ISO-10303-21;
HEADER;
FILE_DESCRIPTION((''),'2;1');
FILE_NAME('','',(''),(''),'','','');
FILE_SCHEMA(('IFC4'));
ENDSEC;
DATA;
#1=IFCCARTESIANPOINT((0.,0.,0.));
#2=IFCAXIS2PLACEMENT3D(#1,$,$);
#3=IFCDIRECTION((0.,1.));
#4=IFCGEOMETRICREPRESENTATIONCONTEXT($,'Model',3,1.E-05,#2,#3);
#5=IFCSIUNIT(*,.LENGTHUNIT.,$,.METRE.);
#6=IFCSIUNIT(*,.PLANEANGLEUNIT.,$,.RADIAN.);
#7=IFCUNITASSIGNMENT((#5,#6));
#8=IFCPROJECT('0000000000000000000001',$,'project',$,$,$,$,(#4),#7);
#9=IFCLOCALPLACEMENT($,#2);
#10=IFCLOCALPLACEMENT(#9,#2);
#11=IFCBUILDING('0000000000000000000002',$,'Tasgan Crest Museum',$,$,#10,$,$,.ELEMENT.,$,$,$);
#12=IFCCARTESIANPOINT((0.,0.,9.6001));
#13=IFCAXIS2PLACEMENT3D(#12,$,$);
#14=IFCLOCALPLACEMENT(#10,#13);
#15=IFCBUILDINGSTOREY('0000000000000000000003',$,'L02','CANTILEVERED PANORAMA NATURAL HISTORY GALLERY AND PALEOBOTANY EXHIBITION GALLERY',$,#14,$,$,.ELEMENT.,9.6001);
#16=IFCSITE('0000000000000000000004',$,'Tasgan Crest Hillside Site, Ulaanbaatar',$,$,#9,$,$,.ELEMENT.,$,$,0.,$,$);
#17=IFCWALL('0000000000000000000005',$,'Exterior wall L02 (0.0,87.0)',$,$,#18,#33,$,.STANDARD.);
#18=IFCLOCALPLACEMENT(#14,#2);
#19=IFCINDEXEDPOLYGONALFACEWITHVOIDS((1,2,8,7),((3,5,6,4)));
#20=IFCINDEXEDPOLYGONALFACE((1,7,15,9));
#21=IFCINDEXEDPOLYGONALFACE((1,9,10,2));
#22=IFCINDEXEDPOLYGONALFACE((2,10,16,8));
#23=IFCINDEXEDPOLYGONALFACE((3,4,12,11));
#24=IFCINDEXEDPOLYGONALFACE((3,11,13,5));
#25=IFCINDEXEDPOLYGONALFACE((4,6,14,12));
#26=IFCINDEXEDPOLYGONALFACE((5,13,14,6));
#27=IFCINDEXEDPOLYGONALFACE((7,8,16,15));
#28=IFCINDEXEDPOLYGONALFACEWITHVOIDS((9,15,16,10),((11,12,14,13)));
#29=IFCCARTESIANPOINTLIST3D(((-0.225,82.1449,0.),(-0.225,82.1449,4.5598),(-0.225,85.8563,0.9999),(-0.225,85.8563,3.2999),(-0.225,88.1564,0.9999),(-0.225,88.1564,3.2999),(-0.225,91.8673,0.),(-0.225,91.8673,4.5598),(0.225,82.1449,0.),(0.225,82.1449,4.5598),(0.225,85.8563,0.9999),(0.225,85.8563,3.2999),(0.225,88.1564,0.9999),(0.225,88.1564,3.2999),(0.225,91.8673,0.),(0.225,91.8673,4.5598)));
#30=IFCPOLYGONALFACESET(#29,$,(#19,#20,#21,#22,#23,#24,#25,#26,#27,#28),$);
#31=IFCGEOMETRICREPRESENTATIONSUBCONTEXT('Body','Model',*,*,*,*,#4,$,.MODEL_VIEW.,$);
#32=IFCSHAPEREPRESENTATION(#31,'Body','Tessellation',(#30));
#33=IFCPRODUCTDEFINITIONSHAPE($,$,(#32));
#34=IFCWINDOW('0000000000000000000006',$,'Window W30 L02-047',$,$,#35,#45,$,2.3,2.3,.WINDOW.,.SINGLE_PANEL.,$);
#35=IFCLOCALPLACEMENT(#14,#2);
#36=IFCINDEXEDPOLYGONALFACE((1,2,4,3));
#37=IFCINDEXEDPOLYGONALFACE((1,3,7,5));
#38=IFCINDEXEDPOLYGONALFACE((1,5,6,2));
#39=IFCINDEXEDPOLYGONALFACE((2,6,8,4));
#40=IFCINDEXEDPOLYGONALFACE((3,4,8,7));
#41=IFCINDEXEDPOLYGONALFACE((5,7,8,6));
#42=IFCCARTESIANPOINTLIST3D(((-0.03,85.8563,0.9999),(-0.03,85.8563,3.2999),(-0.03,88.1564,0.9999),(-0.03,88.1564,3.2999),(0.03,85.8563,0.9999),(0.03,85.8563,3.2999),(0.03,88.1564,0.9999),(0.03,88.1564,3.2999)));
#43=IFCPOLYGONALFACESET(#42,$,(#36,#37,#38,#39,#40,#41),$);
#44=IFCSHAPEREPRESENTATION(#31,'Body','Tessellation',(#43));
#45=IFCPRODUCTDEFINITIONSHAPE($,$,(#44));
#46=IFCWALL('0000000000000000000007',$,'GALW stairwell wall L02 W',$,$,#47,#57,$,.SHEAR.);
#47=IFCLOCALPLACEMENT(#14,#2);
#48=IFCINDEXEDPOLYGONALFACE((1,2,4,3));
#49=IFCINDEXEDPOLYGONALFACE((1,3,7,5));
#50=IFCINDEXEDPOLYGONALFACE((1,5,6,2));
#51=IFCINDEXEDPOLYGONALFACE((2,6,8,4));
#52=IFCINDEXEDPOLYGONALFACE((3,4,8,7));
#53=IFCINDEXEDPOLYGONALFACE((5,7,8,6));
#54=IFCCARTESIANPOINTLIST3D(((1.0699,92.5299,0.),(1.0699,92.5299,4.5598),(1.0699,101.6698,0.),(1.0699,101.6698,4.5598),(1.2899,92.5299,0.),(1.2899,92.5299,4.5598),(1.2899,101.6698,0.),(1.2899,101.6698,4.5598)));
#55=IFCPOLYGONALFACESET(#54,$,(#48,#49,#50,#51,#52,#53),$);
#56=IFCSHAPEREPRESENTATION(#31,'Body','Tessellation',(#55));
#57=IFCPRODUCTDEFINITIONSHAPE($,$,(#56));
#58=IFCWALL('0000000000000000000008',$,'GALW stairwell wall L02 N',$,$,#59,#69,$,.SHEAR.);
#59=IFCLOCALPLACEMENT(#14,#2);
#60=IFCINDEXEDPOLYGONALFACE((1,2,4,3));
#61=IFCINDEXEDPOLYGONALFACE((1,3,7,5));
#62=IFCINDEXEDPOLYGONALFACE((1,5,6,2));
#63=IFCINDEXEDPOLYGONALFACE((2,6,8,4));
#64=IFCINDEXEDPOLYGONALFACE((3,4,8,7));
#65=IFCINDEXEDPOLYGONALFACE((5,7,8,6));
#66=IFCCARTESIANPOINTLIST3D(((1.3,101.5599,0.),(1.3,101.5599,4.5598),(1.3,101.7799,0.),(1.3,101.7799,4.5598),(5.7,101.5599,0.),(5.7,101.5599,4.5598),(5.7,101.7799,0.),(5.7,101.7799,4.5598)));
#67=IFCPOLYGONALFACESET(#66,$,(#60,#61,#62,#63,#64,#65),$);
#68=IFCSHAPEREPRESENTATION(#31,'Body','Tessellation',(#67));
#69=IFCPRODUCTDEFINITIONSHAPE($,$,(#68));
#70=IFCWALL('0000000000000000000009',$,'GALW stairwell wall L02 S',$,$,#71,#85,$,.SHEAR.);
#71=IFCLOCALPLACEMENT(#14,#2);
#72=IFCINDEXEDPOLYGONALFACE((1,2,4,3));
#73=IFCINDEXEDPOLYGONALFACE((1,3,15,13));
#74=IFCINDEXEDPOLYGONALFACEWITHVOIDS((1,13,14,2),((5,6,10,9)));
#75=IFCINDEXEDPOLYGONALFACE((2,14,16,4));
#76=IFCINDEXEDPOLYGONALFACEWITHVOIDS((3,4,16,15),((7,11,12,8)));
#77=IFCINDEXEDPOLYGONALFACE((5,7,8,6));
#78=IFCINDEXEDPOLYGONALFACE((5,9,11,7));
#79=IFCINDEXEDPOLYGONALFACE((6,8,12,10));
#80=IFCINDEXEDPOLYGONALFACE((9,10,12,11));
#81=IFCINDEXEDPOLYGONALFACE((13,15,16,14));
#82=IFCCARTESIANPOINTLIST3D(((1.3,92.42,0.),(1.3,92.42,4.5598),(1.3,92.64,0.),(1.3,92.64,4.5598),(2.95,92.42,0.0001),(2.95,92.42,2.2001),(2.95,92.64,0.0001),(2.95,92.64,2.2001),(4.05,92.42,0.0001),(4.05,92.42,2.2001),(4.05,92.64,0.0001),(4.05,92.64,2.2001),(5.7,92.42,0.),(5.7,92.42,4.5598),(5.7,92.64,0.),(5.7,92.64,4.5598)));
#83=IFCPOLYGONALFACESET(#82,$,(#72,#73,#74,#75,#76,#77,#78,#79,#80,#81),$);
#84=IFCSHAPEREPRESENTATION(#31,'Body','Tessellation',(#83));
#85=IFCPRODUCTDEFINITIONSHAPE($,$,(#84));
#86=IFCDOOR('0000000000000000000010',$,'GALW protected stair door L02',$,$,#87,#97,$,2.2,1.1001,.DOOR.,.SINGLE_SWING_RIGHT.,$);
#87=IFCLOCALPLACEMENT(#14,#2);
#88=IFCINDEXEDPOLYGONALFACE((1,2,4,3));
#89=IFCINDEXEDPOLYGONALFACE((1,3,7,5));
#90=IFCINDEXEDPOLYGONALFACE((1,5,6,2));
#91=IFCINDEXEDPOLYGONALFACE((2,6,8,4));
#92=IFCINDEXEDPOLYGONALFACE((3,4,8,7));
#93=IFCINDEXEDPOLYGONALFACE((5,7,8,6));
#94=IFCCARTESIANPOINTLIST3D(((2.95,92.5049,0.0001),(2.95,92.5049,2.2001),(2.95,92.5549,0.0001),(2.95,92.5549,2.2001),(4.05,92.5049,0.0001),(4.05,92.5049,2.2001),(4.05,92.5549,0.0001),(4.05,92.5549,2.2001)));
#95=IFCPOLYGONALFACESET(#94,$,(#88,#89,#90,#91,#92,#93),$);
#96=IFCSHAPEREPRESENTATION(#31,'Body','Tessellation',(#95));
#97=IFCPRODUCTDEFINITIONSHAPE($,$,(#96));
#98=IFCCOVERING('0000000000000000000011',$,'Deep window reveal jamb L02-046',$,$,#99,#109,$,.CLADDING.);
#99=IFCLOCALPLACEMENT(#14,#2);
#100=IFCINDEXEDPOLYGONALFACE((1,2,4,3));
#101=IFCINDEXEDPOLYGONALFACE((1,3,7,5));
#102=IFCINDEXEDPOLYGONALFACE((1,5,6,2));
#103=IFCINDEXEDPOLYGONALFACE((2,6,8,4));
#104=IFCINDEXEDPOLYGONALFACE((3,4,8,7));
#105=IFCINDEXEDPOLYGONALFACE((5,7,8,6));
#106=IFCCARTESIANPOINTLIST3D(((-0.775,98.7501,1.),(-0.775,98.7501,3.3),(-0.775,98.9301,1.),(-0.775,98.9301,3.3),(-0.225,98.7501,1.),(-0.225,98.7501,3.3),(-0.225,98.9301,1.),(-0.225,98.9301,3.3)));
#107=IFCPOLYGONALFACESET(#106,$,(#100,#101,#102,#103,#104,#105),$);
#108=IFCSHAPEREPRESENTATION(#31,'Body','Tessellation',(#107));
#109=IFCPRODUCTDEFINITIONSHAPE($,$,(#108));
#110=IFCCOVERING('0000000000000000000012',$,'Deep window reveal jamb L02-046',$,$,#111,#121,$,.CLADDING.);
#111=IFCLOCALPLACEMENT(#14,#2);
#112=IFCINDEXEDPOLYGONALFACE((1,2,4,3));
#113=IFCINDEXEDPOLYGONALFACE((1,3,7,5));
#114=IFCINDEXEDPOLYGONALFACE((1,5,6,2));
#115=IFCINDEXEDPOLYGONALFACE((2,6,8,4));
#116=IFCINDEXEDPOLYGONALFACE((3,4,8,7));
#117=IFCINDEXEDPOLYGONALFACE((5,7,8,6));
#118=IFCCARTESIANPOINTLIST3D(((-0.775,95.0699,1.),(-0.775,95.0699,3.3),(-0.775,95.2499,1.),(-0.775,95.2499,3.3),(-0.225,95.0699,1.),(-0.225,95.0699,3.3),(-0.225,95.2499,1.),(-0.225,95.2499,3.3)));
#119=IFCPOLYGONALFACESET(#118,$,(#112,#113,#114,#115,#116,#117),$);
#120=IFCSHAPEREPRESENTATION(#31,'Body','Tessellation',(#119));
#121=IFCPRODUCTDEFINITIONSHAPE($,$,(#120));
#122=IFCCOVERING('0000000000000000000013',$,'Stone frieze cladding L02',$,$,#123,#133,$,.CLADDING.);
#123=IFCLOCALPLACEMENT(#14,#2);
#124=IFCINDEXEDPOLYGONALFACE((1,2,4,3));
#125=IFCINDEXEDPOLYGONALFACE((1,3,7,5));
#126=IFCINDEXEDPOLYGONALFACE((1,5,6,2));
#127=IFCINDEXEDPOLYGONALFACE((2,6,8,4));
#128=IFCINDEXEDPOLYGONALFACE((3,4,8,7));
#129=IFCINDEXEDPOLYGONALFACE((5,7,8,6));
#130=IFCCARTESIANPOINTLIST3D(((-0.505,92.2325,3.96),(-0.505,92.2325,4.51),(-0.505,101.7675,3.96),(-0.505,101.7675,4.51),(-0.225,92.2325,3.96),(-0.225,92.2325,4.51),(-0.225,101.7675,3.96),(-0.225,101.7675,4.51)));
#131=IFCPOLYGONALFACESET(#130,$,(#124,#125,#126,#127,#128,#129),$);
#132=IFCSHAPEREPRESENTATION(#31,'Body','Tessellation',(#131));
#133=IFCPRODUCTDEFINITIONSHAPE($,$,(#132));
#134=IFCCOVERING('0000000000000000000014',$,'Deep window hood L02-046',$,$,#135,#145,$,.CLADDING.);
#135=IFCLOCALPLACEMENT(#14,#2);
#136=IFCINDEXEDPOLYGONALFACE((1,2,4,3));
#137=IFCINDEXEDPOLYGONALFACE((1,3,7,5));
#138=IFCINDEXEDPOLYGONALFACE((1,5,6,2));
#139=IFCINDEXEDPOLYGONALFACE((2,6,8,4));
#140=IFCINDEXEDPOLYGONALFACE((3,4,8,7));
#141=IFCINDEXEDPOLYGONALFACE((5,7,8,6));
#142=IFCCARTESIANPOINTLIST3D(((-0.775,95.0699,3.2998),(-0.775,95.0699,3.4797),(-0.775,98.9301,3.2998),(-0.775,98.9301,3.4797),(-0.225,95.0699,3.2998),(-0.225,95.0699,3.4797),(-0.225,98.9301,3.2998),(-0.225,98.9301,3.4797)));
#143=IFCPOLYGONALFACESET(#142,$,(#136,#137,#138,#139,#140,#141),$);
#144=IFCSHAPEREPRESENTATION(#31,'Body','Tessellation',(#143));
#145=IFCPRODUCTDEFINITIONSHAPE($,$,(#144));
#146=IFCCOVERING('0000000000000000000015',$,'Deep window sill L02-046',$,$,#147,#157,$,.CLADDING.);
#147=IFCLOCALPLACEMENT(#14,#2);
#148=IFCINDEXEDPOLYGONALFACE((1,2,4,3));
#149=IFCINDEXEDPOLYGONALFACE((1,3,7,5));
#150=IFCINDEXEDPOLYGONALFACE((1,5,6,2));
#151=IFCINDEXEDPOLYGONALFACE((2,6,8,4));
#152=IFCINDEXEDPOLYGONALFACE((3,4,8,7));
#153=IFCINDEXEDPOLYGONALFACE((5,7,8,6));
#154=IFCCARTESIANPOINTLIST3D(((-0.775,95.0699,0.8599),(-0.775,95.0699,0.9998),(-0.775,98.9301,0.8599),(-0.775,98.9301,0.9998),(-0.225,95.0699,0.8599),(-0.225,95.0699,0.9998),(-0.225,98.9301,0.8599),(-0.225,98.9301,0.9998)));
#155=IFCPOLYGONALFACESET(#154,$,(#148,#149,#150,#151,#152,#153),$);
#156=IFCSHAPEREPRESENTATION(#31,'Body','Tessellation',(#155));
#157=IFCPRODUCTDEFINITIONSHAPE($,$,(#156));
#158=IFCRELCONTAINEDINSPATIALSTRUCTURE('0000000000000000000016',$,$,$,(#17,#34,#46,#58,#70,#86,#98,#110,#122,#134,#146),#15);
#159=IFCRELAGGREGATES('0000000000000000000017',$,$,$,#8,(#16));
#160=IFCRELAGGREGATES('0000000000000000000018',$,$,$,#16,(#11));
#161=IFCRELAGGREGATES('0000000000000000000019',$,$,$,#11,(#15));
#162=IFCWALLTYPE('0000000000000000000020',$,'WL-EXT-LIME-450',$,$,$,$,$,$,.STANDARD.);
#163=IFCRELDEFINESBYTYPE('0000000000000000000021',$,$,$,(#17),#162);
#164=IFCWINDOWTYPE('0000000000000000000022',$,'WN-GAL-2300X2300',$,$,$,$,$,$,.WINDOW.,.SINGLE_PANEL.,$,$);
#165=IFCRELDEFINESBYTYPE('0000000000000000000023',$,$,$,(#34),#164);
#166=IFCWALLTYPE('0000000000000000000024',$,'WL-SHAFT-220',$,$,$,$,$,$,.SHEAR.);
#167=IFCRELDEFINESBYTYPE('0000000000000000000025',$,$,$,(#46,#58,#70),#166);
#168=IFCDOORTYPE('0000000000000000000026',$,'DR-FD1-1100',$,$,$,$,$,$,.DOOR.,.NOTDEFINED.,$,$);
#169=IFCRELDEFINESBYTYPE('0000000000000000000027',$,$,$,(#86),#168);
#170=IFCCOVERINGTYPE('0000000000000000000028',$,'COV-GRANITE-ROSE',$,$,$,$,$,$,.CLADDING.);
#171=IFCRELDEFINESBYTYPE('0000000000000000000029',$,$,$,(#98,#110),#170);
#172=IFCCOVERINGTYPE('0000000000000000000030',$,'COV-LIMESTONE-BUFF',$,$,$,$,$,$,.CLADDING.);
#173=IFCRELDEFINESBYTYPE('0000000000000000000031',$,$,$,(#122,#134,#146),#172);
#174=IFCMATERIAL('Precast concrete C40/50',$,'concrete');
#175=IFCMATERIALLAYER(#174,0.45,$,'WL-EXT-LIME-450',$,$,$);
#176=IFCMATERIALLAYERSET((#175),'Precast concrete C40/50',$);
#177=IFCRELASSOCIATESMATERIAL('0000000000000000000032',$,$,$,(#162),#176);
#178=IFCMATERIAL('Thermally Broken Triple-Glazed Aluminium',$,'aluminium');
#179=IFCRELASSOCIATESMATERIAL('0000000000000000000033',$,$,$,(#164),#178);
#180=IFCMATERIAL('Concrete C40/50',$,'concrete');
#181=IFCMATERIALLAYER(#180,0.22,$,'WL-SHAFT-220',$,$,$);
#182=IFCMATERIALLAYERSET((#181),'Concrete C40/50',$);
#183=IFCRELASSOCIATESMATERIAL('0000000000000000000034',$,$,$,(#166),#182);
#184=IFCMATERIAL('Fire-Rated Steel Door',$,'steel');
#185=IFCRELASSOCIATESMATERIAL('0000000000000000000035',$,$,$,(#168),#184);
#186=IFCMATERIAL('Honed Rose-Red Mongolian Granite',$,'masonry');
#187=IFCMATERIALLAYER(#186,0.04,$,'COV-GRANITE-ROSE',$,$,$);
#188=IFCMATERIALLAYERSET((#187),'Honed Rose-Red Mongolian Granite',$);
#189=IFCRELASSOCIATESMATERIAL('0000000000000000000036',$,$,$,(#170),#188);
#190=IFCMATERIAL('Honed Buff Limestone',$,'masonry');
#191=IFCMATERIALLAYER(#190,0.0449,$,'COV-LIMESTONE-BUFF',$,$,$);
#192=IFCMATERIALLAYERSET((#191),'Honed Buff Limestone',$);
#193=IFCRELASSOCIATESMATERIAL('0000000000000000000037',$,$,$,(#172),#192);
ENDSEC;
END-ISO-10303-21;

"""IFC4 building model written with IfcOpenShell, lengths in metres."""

from ifc_helpers import new_model, si_unit, direction, frame, frame_2d, origin, origin_2d, place, context, subcontext, project, spatial, rectangle, extrude, material, layer, layer_set, type_object, element, fill, save


model = new_model("IFC4")

# Units and contexts
model_context = context("Model", 3, precision=1e-05, world=origin(), true_north=direction((0.0, 1.0)))
body_context = subcontext(model_context, "Body", "Model", "MODEL_VIEW")
ifc_project = project(units=[si_unit("LENGTHUNIT", "METRE"), si_unit("PLANEANGLEUNIT", "RADIAN")], contexts=[model_context])

# Site, building, storey
site_placement = place(None, origin())
site = spatial("IfcSite", under=ifc_project, at=site_placement, Name="Tasgan Crest Hillside Site, Ulaanbaatar", CompositionType="ELEMENT", RefElevation=0.0)
building_placement = place(site_placement, origin())
building = spatial("IfcBuilding", under=site, at=building_placement, Name="Tasgan Crest Museum", CompositionType="ELEMENT")
storey_placement = place(building_placement, frame((0.0, 0.0, 9.6001)))
storey = spatial("IfcBuildingStorey", under=building, at=storey_placement, Name="L02", Description="CANTILEVERED PANORAMA NATURAL HISTORY GALLERY AND PALEOBOTANY EXHIBITION GALLERY", CompositionType="ELEMENT", Elevation=9.6001)

# Wall, opening, window
ifc_material_1 = material(Name="Precast concrete C40/50", Category="concrete")
ifc_layer_1 = layer(ifc_material_1, 0.45, Name="WL-EXT-LIME-450")
ifc_layer_set_1 = layer_set([ifc_layer_1], Name="Precast concrete C40/50")
wall_type_1 = type_object("IfcWallType", Name="WL-EXT-LIME-450", PredefinedType="STANDARD", material=ifc_layer_set_1)
wall_1_placement = place(storey_placement, frame((0.0, 91.8674, 0.0), z_axis=(0.0, 0.0, 1.0), x_axis=(0.0, -1.0, 0.0)))
wall_1 = element("IfcWall", 1, at=wall_1_placement, inside=storey, type_object=wall_type_1, Name="Exterior wall L02 (0.0,87.0)", PredefinedType="STANDARD", context=body_context, shape_type="SweptSolid", body=[
    extrude(rectangle(XDim=9.7224, YDim=0.45, at=frame_2d((4.8613, 0.0))), origin(), (0.0, 0.0, 1.0), 4.5598),
])
opening_1_placement = place(wall_1_placement, frame((3.7112, 0.0, 1.0)))
opening_1 = element("IfcOpeningElement", 2, at=opening_1_placement, cuts=wall_1, PredefinedType="OPENING", context=body_context, shape_type="SweptSolid", body=[
    extrude(rectangle(XDim=2.3, YDim=2.3, at=frame_2d((1.1499, 1.1499))), frame((0.0, 0.2349, 0.0), z_axis=(0.0, -1.0, 0.0), x_axis=(1.0, 0.0, 0.0)), (0.0, 0.0, 1.0), 0.47),
])
ifc_material_2 = material(Name="Thermally Broken Triple-Glazed Aluminium", Category="aluminium")
window_type_1 = type_object("IfcWindowType", Name="WN-GAL-2300X2300", PartitioningType="SINGLE_PANEL", PredefinedType="WINDOW", material=ifc_material_2)
window_1_placement = place(opening_1_placement, origin())
window_1 = element("IfcWindow", 3, at=window_1_placement, inside=storey, type_object=window_type_1, Name="Window W30 L02-047", OverallHeight=2.3, OverallWidth=2.3, PartitioningType="SINGLE_PANEL", PredefinedType="WINDOW", context=body_context, shape_type="SweptSolid", body=[
    extrude(rectangle(XDim=2.3, YDim=2.3, at=frame_2d((1.1499, 1.1499))), frame((0.0, 0.03, 0.0), z_axis=(0.0, -1.0, 0.0), x_axis=(1.0, 0.0, 0.0)), (0.0, 0.0, 1.0), 0.0601),
])
fill(opening_1, window_1)

# Walls
ifc_material_3 = material(Name="Concrete C40/50", Category="concrete")
ifc_layer_2 = layer(ifc_material_3, 0.22, Name="WL-SHAFT-220")
ifc_layer_set_2 = layer_set([ifc_layer_2], Name="Concrete C40/50")
wall_type_2 = type_object("IfcWallType", Name="WL-SHAFT-220", PredefinedType="SHEAR", material=ifc_layer_set_2)
wall_2_placement = place(storey_placement, frame((1.1799, 92.53, 0.0), z_axis=(0.0, 0.0, 1.0), x_axis=(0.0, 1.0, 0.0)))
element("IfcWall", 4, at=wall_2_placement, inside=storey, type_object=wall_type_2, Name="GALW stairwell wall L02 W", PredefinedType="SHEAR", context=body_context, shape_type="SweptSolid", body=[
    extrude(rectangle(XDim=9.1399, YDim=0.22, at=frame_2d((4.5698, 0.0))), origin(), (0.0, 0.0, 1.0), 4.5598),
])
wall_3_placement = place(storey_placement, frame((1.3, 101.6699, 0.0), z_axis=(0.0, 0.0, 1.0), x_axis=(1.0, 0.0, 0.0)))
element("IfcWall", 5, at=wall_3_placement, inside=storey, type_object=wall_type_2, Name="GALW stairwell wall L02 N", PredefinedType="SHEAR", context=body_context, shape_type="SweptSolid", body=[
    extrude(rectangle(XDim=4.3999, YDim=0.22, at=frame_2d((2.2, 0.0))), origin(), (0.0, 0.0, 1.0), 4.5598),
])

# Wall, opening, door
wall_4_placement = place(storey_placement, frame((1.3, 92.53, 0.0), z_axis=(0.0, 0.0, 1.0), x_axis=(1.0, 0.0, 0.0)))
wall_4 = element("IfcWall", 6, at=wall_4_placement, inside=storey, type_object=wall_type_2, Name="GALW stairwell wall L02 S", PredefinedType="SHEAR", context=body_context, shape_type="SweptSolid", body=[
    extrude(rectangle(XDim=4.3999, YDim=0.22, at=frame_2d((2.2, 0.0))), origin(), (0.0, 0.0, 1.0), 4.5598),
])
opening_2_placement = place(wall_4_placement, frame((1.6499, 0.0, 0.0)))
opening_2 = element("IfcOpeningElement", 7, at=opening_2_placement, cuts=wall_4, PredefinedType="OPENING", context=body_context, shape_type="SweptSolid", body=[
    extrude(rectangle(XDim=1.1001, YDim=2.2, at=frame_2d((0.55, 1.1001))), frame((0.0, 0.1199, 0.0), z_axis=(0.0, -1.0, 0.0), x_axis=(1.0, 0.0, 0.0)), (0.0, 0.0, 1.0), 0.24),
])
ifc_material_4 = material(Name="Fire-Rated Steel Door", Category="steel")
door_type = type_object("IfcDoorType", Name="DR-FD1-1100", OperationType="NOTDEFINED", PredefinedType="DOOR", material=ifc_material_4)
door_placement = place(opening_2_placement, origin())
door = element("IfcDoor", 8, at=door_placement, inside=storey, type_object=door_type, Name="GALW protected stair door L02", OperationType="SINGLE_SWING_RIGHT", OverallHeight=2.2, OverallWidth=1.1001, PredefinedType="DOOR", context=body_context, shape_type="SweptSolid", body=[
    extrude(rectangle(XDim=1.1001, YDim=2.2, at=frame_2d((0.55, 1.1001))), frame((0.0, 0.0249, 0.0), z_axis=(0.0, -1.0, 0.0), x_axis=(1.0, 0.0, 0.0)), (0.0, 0.0, 1.0), 0.05),
])
fill(opening_2, door)

# Coverings
ifc_material_5 = material(Name="Honed Rose-Red Mongolian Granite", Category="masonry")
ifc_layer_3 = layer(ifc_material_5, 0.04, Name="COV-GRANITE-ROSE")
ifc_layer_set_3 = layer_set([ifc_layer_3], Name="Honed Rose-Red Mongolian Granite")
covering_type_1 = type_object("IfcCoveringType", Name="COV-GRANITE-ROSE", PredefinedType="CLADDING", material=ifc_layer_set_3)
for number, where, z_axis, x_axis, name in (
    (9, (-0.5, 98.8401, 1.0), (0.0, 0.0, 1.0), (0.0, -1.0, 0.0), "Deep window reveal jamb L02-046"),
    (10, (-0.5, 95.1599, 1.0), (0.0, 0.0, 1.0), (0.0, -1.0, 0.0), "Deep window reveal jamb L02-046"),
):
    element("IfcCovering", number, at=place(storey_placement, frame(where, z_axis=z_axis, x_axis=x_axis)), inside=storey, type_object=covering_type_1, Name=name, PredefinedType="CLADDING", context=body_context, shape_type="SweptSolid", body=[
        extrude(rectangle(XDim=0.1799, YDim=0.55, at=origin_2d()), origin(), (0.0, 0.0, 1.0), 2.3),
    ])
ifc_material_6 = material(Name="Honed Buff Limestone", Category="masonry")
ifc_layer_4 = layer(ifc_material_6, 0.0449, Name="COV-LIMESTONE-BUFF")
ifc_layer_set_4 = layer_set([ifc_layer_4], Name="Honed Buff Limestone")
covering_type_2 = type_object("IfcCoveringType", Name="COV-LIMESTONE-BUFF", PredefinedType="CLADDING", material=ifc_layer_set_4)
covering_1_placement = place(storey_placement, frame((-0.365, 97.0, 3.96), z_axis=(0.0, 0.0, 1.0), x_axis=(0.0, -1.0, 0.0)))
element("IfcCovering", 11, at=covering_1_placement, inside=storey, type_object=covering_type_2, Name="Stone frieze cladding L02", PredefinedType="CLADDING", context=body_context, shape_type="SweptSolid", body=[
    extrude(rectangle(XDim=9.5349, YDim=0.28, at=origin_2d()), origin(), (0.0, 0.0, 1.0), 0.55),
])
covering_2_placement = place(storey_placement, frame((-0.5, 97.0, 3.2998), z_axis=(0.0, 0.0, 1.0), x_axis=(0.0, -1.0, 0.0)))
element("IfcCovering", 12, at=covering_2_placement, inside=storey, type_object=covering_type_2, Name="Deep window hood L02-046", PredefinedType="CLADDING", context=body_context, shape_type="SweptSolid", body=[
    extrude(rectangle(XDim=3.8601, YDim=0.55, at=origin_2d()), origin(), (0.0, 0.0, 1.0), 0.1799),
])
covering_3_placement = place(storey_placement, frame((-0.5, 97.0, 0.8599), z_axis=(0.0, 0.0, 1.0), x_axis=(0.0, -1.0, 0.0)))
element("IfcCovering", 13, at=covering_3_placement, inside=storey, type_object=covering_type_2, Name="Deep window sill L02-046", PredefinedType="CLADDING", context=body_context, shape_type="SweptSolid", body=[
    extrude(rectangle(XDim=3.8601, YDim=0.55, at=origin_2d()), origin(), (0.0, 0.0, 1.0), 0.1399),
])

save(model, "model.ifc")
